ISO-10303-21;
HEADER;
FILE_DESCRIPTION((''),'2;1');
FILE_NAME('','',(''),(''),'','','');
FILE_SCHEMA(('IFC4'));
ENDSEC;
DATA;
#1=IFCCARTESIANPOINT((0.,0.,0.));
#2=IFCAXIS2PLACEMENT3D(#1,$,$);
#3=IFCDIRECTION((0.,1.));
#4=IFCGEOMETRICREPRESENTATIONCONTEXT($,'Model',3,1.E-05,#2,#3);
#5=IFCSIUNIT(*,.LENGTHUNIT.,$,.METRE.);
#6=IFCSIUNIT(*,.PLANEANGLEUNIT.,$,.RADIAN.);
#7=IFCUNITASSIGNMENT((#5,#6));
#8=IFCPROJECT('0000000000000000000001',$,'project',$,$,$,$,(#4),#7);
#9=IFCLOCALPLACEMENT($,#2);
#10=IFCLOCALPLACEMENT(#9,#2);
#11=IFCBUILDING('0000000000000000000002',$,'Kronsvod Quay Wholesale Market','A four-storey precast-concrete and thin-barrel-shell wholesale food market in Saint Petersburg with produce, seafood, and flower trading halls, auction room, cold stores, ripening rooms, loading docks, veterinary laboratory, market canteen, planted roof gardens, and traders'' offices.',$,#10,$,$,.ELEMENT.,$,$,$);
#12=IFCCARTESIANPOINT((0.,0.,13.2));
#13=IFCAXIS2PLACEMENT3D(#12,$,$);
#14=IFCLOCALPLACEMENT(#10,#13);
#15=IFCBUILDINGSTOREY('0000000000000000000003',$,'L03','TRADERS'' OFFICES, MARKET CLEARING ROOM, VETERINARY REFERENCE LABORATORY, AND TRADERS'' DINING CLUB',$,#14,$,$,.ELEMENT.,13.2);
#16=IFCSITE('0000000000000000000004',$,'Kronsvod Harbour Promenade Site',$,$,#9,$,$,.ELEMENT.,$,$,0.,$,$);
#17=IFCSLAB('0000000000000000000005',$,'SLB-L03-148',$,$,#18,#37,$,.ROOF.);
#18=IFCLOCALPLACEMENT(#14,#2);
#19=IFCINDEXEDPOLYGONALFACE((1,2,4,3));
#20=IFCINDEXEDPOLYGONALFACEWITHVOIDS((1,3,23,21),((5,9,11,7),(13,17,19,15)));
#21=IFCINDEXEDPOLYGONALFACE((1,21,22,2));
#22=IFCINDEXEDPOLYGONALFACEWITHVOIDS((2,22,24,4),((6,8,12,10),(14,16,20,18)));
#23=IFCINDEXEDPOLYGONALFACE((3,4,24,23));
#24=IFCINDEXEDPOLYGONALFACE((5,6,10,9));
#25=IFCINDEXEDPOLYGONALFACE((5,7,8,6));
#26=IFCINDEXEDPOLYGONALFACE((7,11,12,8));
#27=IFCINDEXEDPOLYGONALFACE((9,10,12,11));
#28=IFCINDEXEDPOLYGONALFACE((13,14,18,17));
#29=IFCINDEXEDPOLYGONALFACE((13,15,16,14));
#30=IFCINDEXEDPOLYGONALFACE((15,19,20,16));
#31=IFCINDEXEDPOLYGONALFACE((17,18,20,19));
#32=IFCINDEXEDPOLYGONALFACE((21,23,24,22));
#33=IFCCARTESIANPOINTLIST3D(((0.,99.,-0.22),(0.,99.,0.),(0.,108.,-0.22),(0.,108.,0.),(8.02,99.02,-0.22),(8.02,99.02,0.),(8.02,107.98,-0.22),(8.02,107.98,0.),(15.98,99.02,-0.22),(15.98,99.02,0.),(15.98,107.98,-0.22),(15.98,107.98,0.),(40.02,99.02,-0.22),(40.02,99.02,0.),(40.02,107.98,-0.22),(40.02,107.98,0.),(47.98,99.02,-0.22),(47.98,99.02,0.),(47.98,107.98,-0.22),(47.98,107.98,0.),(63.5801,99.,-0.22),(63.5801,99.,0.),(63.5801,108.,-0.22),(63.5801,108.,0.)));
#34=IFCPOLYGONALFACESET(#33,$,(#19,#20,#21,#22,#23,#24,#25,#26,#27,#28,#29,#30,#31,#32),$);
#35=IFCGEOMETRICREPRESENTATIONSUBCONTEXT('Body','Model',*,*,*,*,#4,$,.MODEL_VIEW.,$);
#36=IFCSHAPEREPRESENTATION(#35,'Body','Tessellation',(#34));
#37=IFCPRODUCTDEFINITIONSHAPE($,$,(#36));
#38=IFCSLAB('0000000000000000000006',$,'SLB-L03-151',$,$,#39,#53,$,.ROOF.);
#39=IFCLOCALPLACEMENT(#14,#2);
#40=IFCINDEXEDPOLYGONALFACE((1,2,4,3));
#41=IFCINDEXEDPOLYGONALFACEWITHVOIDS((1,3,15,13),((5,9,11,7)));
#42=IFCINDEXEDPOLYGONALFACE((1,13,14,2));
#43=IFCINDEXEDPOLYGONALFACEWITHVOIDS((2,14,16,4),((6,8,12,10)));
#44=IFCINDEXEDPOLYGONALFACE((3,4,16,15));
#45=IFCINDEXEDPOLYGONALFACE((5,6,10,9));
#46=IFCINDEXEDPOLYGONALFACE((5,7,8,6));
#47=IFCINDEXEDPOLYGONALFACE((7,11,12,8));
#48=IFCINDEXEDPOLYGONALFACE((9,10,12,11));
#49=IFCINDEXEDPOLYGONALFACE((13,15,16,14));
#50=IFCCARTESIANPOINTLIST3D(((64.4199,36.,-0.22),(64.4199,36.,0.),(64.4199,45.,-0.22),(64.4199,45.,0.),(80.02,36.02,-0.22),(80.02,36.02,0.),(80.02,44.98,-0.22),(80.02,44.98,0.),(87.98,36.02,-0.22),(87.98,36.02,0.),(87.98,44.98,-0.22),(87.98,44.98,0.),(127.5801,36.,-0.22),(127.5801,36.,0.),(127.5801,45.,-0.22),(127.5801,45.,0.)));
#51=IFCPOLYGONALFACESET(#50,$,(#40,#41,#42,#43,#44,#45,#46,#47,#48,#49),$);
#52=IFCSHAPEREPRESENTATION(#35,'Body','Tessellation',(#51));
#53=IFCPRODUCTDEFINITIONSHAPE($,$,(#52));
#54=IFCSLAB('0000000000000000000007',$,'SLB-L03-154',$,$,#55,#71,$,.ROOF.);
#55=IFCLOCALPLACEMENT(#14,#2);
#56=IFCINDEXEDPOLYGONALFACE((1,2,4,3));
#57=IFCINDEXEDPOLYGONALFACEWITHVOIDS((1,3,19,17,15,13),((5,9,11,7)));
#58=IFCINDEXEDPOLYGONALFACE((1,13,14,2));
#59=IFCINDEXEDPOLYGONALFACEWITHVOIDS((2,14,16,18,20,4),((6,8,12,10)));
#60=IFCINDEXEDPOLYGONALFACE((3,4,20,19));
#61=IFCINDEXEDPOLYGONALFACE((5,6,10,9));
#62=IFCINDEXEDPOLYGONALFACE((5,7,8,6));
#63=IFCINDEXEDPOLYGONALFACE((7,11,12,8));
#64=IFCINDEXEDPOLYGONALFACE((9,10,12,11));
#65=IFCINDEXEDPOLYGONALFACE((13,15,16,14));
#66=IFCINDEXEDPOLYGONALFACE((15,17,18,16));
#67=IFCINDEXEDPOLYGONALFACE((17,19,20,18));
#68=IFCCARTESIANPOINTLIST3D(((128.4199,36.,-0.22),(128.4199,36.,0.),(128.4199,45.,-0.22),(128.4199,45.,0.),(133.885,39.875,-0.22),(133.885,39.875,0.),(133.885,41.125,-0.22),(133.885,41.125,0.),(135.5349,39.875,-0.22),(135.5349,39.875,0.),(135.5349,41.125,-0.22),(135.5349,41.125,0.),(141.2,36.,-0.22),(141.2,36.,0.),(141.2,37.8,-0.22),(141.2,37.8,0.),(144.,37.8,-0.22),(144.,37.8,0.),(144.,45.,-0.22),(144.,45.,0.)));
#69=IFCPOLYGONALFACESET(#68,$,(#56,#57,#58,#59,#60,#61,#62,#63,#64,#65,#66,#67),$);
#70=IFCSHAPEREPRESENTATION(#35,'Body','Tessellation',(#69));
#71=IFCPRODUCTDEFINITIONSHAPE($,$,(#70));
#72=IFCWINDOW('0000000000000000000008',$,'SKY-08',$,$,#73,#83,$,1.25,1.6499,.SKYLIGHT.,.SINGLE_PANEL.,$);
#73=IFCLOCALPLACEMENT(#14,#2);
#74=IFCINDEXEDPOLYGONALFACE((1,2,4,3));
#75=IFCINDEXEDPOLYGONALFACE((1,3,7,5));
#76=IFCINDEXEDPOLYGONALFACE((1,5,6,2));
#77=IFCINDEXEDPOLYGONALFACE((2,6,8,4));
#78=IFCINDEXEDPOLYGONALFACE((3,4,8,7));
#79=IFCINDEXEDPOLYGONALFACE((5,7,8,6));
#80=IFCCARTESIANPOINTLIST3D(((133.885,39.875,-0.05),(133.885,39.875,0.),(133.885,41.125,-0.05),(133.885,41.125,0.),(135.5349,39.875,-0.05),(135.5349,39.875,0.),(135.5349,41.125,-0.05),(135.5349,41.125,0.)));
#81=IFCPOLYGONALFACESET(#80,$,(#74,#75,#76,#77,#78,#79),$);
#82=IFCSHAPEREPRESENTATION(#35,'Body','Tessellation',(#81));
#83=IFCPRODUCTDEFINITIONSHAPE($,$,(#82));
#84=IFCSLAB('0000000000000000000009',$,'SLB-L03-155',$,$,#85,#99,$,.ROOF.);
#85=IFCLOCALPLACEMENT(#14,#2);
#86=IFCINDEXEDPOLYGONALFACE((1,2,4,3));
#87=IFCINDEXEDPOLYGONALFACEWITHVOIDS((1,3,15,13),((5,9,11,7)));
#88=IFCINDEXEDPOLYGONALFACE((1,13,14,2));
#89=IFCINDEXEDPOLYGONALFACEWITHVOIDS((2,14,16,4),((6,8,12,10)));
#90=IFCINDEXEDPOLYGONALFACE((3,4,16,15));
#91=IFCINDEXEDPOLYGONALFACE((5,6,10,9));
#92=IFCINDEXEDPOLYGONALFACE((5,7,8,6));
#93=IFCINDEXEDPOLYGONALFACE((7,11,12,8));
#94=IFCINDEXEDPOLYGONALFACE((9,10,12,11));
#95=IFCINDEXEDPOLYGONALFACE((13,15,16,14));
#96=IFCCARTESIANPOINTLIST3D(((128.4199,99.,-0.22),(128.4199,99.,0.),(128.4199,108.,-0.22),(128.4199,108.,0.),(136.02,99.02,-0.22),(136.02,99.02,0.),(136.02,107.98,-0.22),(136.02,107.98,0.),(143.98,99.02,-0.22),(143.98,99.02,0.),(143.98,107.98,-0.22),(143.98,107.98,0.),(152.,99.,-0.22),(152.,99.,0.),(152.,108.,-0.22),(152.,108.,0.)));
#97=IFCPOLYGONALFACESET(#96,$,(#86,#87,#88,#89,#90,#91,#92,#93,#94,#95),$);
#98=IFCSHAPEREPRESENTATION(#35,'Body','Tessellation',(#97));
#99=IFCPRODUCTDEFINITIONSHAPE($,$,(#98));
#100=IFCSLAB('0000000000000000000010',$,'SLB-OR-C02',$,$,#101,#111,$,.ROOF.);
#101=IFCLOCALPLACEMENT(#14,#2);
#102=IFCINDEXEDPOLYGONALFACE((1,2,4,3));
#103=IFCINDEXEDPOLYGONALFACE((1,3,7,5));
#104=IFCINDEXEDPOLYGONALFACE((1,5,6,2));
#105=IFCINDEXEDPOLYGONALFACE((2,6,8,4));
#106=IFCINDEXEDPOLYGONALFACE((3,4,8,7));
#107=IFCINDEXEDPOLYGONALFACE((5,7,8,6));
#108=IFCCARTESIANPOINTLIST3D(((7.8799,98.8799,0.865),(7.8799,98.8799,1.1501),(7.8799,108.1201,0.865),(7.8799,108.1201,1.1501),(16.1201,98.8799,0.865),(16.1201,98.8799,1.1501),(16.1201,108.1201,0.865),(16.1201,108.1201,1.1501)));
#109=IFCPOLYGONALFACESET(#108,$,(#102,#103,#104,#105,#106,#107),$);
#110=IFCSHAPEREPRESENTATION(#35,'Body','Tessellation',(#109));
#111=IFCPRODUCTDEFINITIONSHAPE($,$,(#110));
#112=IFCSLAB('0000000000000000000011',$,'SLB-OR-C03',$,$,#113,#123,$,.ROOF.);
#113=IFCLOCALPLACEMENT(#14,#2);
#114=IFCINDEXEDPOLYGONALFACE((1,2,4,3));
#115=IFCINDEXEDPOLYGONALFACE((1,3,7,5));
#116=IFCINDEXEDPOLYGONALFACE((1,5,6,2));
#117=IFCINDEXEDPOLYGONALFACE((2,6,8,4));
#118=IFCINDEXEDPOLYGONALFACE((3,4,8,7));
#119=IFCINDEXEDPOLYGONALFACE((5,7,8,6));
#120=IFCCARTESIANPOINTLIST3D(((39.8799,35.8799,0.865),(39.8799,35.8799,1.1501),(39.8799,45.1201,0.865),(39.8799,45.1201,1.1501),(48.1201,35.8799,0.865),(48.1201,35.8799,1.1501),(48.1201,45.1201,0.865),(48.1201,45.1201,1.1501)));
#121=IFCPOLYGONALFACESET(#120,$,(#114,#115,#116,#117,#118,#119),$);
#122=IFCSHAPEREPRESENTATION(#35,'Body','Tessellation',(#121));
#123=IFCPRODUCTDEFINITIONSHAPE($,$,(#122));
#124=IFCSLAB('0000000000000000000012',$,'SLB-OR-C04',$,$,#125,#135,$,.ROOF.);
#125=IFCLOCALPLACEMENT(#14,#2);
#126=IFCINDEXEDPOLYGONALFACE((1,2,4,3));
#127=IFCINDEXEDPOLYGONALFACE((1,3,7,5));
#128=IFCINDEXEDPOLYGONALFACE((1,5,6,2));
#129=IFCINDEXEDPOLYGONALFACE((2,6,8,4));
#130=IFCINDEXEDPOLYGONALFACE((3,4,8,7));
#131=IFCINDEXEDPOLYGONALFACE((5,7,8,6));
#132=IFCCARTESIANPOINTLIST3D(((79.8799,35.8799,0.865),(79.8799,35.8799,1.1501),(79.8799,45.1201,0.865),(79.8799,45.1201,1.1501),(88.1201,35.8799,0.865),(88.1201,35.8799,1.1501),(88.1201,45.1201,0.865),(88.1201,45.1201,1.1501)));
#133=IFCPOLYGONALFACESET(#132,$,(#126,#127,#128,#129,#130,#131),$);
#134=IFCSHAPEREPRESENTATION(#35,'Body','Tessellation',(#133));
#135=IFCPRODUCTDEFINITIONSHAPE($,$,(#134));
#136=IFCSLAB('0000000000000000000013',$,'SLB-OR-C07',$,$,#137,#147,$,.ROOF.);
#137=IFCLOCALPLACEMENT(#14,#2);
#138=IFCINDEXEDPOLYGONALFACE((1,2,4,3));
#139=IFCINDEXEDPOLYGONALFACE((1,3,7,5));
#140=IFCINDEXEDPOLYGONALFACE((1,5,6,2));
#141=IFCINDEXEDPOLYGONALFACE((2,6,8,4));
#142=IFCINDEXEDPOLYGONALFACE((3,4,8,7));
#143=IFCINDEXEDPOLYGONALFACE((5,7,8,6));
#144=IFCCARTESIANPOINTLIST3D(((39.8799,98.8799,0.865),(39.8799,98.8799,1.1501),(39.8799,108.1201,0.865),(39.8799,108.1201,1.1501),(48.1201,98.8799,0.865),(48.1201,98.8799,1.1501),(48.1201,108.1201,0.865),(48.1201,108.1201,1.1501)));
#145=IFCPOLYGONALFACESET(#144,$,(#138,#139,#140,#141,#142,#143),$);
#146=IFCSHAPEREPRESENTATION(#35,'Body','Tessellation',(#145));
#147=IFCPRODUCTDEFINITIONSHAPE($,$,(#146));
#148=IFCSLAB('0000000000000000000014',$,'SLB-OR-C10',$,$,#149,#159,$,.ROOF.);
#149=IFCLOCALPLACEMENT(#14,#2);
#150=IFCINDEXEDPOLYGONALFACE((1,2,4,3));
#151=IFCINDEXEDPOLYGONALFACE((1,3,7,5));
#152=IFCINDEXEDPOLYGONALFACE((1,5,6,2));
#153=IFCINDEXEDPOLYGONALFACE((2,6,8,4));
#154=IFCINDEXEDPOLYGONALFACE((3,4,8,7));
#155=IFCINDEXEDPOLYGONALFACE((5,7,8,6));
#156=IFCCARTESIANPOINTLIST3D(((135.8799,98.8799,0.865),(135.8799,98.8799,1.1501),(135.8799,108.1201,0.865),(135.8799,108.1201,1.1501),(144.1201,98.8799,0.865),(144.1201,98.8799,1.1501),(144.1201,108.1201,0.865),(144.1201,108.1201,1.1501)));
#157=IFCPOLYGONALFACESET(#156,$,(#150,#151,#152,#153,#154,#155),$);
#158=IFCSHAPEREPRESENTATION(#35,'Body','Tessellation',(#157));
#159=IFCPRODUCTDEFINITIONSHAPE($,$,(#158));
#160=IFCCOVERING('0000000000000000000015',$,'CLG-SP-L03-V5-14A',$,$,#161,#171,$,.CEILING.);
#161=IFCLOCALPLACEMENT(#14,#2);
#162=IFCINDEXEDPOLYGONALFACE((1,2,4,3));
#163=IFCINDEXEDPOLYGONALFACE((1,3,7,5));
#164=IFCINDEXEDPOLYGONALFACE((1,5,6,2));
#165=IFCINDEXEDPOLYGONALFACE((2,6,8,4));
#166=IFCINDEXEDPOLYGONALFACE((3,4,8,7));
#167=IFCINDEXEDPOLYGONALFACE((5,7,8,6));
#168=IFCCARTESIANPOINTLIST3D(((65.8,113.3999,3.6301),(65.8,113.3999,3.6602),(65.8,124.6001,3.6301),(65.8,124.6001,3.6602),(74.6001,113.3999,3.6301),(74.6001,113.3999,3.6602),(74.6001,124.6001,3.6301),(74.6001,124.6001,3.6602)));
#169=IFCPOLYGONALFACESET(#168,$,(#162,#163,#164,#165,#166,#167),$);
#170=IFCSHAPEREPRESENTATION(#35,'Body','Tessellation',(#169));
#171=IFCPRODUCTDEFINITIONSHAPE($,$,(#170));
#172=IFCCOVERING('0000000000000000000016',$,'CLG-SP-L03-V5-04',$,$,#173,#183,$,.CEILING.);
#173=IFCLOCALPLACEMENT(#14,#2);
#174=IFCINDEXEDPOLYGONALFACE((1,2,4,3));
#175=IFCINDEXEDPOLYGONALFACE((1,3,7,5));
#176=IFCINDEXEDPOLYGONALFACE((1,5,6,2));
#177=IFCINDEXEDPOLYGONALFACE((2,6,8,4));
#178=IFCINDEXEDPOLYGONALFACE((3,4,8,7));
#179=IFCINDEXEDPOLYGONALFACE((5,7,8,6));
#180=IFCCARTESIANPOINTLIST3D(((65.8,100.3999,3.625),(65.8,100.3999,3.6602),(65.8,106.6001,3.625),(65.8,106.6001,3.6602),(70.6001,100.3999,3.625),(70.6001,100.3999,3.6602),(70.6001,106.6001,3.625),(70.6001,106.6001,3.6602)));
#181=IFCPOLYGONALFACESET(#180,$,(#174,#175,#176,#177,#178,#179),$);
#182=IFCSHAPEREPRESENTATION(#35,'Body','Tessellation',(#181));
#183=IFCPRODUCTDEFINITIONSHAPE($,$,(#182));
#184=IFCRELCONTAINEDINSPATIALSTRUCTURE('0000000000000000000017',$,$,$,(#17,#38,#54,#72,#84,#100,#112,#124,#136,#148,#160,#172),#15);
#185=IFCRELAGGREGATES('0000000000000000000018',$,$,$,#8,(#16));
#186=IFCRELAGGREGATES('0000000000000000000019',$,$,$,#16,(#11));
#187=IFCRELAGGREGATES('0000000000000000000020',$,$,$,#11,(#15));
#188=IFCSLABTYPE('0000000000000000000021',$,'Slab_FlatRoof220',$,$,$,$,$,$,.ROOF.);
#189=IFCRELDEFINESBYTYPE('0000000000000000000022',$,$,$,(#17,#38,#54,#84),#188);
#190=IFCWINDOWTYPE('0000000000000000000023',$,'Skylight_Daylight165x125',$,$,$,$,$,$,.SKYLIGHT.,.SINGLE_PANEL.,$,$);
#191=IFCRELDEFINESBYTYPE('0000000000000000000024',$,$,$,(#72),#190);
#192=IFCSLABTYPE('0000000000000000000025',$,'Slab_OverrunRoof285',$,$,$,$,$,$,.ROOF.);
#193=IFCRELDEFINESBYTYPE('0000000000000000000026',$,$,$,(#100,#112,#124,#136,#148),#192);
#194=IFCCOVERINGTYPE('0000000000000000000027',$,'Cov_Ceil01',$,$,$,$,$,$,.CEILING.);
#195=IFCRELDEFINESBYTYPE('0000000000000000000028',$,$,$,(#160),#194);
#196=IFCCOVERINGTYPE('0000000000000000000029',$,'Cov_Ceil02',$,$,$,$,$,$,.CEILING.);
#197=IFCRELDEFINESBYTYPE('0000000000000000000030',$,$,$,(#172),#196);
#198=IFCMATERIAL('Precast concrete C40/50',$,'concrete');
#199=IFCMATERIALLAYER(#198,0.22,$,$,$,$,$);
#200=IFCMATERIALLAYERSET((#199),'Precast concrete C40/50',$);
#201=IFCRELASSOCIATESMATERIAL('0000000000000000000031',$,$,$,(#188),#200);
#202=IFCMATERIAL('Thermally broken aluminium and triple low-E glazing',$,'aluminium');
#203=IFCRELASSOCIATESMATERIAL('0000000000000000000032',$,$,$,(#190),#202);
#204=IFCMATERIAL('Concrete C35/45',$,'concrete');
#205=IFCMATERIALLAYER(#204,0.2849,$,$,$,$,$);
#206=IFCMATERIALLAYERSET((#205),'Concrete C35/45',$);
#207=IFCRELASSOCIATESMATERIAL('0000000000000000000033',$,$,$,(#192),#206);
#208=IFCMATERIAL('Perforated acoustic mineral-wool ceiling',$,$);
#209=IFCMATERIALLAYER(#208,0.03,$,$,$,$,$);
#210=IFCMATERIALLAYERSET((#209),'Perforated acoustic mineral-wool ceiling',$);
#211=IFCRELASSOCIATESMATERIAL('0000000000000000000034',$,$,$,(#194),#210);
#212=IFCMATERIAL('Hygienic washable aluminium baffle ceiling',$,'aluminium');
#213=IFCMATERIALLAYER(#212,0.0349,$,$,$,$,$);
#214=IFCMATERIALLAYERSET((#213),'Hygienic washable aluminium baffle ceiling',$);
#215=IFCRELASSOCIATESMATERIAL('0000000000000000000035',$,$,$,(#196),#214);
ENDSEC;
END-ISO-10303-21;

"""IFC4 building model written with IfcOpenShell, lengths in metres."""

from ifc_helpers import new_model, si_unit, direction, frame, origin, origin_2d, place, context, subcontext, project, spatial, polyline, rectangle, outline, extrude, material, layer, layer_set, type_object, element, fill, save


model = new_model("IFC4")

# Units and contexts
model_context = context("Model", 3, precision=1e-05, world=origin(), true_north=direction((0.0, 1.0)))
body_context = subcontext(model_context, "Body", "Model", "MODEL_VIEW")
ifc_project = project(units=[si_unit("LENGTHUNIT", "METRE"), si_unit("PLANEANGLEUNIT", "RADIAN")], contexts=[model_context])

# Site, building, storey
site_placement = place(None, origin())
site = spatial("IfcSite", under=ifc_project, at=site_placement, Name="Kronsvod Harbour Promenade Site", CompositionType="ELEMENT", RefElevation=0.0)
building_placement = place(site_placement, origin())
building = spatial("IfcBuilding", under=site, at=building_placement, Name="Kronsvod Quay Wholesale Market", Description="A four-storey precast-concrete and thin-barrel-shell wholesale food market in Saint Petersburg with produce, seafood, and flower trading halls, auction room, cold stores, ripening rooms, loading docks, veterinary laboratory, market canteen, planted roof gardens, and traders' offices.", CompositionType="ELEMENT")
storey_placement = place(building_placement, frame((0.0, 0.0, 13.2)))
storey = spatial("IfcBuildingStorey", under=building, at=storey_placement, Name="L03", Description="TRADERS' OFFICES, MARKET CLEARING ROOM, VETERINARY REFERENCE LABORATORY, AND TRADERS' DINING CLUB", CompositionType="ELEMENT", Elevation=13.2)

# Slabs
ifc_material_1 = material(Name="Precast concrete C40/50", Category="concrete")
ifc_layer_1 = layer(ifc_material_1, 0.22)
ifc_layer_set_1 = layer_set([ifc_layer_1], Name="Precast concrete C40/50")
slab_type_1 = type_object("IfcSlabType", Name="Slab_FlatRoof220", PredefinedType="ROOF", material=ifc_layer_set_1)
slab_1_placement = place(storey_placement, frame((0.0, 0.0, -0.22)))
element("IfcSlab", 1, at=slab_1_placement, inside=storey, type_object=slab_type_1, Name="SLB-L03-148", PredefinedType="ROOF", context=body_context, shape_type="SweptSolid", body=[
    extrude(outline(polyline([(0.0, 99.0), (63.5801, 99.0), (63.5801, 108.0), (0.0, 108.0), (0.0, 99.0)]), holes=[polyline([(8.02, 99.02), (15.98, 99.02), (15.98, 107.98), (8.02, 107.98), (8.02, 99.02)]), polyline([(40.02, 99.02), (47.98, 99.02), (47.98, 107.98), (40.02, 107.98), (40.02, 99.02)])]), origin(), (0.0, 0.0, 1.0), 0.22),
])
slab_2_placement = place(storey_placement, frame((0.0, 0.0, -0.22)))
element("IfcSlab", 2, at=slab_2_placement, inside=storey, type_object=slab_type_1, Name="SLB-L03-151", PredefinedType="ROOF", context=body_context, shape_type="SweptSolid", body=[
    extrude(outline(polyline([(64.4199, 36.0), (127.5801, 36.0), (127.5801, 45.0), (64.4199, 45.0), (64.4199, 36.0)]), holes=[polyline([(80.02, 36.02), (87.98, 36.02), (87.98, 44.98), (80.02, 44.98), (80.02, 36.02)])]), origin(), (0.0, 0.0, 1.0), 0.22),
])

# Slab, opening, window
slab_3_placement = place(storey_placement, frame((0.0, 0.0, -0.22)))
slab_3 = element("IfcSlab", 3, at=slab_3_placement, inside=storey, type_object=slab_type_1, Name="SLB-L03-154", PredefinedType="ROOF", context=body_context, shape_type="SweptSolid", body=[
    extrude(outline(polyline([(128.4199, 36.0), (141.2, 36.0), (141.2, 37.8), (144.0, 37.8), (144.0, 45.0), (128.4199, 45.0), (128.4199, 36.0)])), origin(), (0.0, 0.0, 1.0), 0.22),
])
opening_placement = place(slab_3_placement, frame((134.71, 40.5, 0.0)))
opening = element("IfcOpeningElement", 4, at=opening_placement, cuts=slab_3, PredefinedType="OPENING", context=body_context, shape_type="SweptSolid", body=[
    extrude(rectangle(XDim=1.6499, YDim=1.25, at=origin_2d()), frame((0.0, 0.0, -0.01)), (0.0, 0.0, 1.0), 0.24),
])
ifc_material_2 = material(Name="Thermally broken aluminium and triple low-E glazing", Category="aluminium")
window_type = type_object("IfcWindowType", Name="Skylight_Daylight165x125", PartitioningType="SINGLE_PANEL", PredefinedType="SKYLIGHT", material=ifc_material_2)
window_placement = place(opening_placement, frame((0.0, 0.0, 0.1699)))
window = element("IfcWindow", 5, at=window_placement, inside=storey, type_object=window_type, Name="SKY-08", OverallHeight=1.25, OverallWidth=1.6499, PartitioningType="SINGLE_PANEL", PredefinedType="SKYLIGHT", context=body_context, shape_type="SweptSolid", body=[
    extrude(rectangle(XDim=1.6499, YDim=1.25, at=origin_2d()), origin(), (0.0, 0.0, 1.0), 0.05),
])
fill(opening, window)

# Slabs
slab_4_placement = place(storey_placement, frame((0.0, 0.0, -0.22)))
element("IfcSlab", 6, at=slab_4_placement, inside=storey, type_object=slab_type_1, Name="SLB-L03-155", PredefinedType="ROOF", context=body_context, shape_type="SweptSolid", body=[
    extrude(outline(polyline([(128.4199, 99.0), (152.0, 99.0), (152.0, 108.0), (128.4199, 108.0), (128.4199, 99.0)]), holes=[polyline([(136.02, 99.02), (143.98, 99.02), (143.98, 107.98), (136.02, 107.98), (136.02, 99.02)])]), origin(), (0.0, 0.0, 1.0), 0.22),
])
ifc_material_3 = material(Name="Concrete C35/45", Category="concrete")
ifc_layer_2 = layer(ifc_material_3, 0.2849)
ifc_layer_set_2 = layer_set([ifc_layer_2], Name="Concrete C35/45")
slab_type_2 = type_object("IfcSlabType", Name="Slab_OverrunRoof285", PredefinedType="ROOF", material=ifc_layer_set_2)
slab_5_placement = place(storey_placement, frame((0.0, 0.0, 0.865)))
element("IfcSlab", 7, at=slab_5_placement, inside=storey, type_object=slab_type_2, Name="SLB-OR-C02", PredefinedType="ROOF", context=body_context, shape_type="SweptSolid", body=[
    extrude(outline(polyline([(7.8799, 98.8799), (16.1201, 98.8799), (16.1201, 108.1201), (7.8799, 108.1201), (7.8799, 98.8799)])), origin(), (0.0, 0.0, 1.0), 0.2852),
])
slab_6_placement = place(storey_placement, frame((0.0, 0.0, 0.865)))
element("IfcSlab", 8, at=slab_6_placement, inside=storey, type_object=slab_type_2, Name="SLB-OR-C03", PredefinedType="ROOF", context=body_context, shape_type="SweptSolid", body=[
    extrude(outline(polyline([(39.8799, 35.8799), (48.1201, 35.8799), (48.1201, 45.1201), (39.8799, 45.1201), (39.8799, 35.8799)])), origin(), (0.0, 0.0, 1.0), 0.2852),
])
slab_7_placement = place(storey_placement, frame((0.0, 0.0, 0.865)))
element("IfcSlab", 9, at=slab_7_placement, inside=storey, type_object=slab_type_2, Name="SLB-OR-C04", PredefinedType="ROOF", context=body_context, shape_type="SweptSolid", body=[
    extrude(outline(polyline([(79.8799, 35.8799), (88.1201, 35.8799), (88.1201, 45.1201), (79.8799, 45.1201), (79.8799, 35.8799)])), origin(), (0.0, 0.0, 1.0), 0.2852),
])
slab_8_placement = place(storey_placement, frame((0.0, 0.0, 0.865)))
element("IfcSlab", 10, at=slab_8_placement, inside=storey, type_object=slab_type_2, Name="SLB-OR-C07", PredefinedType="ROOF", context=body_context, shape_type="SweptSolid", body=[
    extrude(outline(polyline([(39.8799, 98.8799), (48.1201, 98.8799), (48.1201, 108.1201), (39.8799, 108.1201), (39.8799, 98.8799)])), origin(), (0.0, 0.0, 1.0), 0.2852),
])
slab_9_placement = place(storey_placement, frame((0.0, 0.0, 0.865)))
element("IfcSlab", 11, at=slab_9_placement, inside=storey, type_object=slab_type_2, Name="SLB-OR-C10", PredefinedType="ROOF", context=body_context, shape_type="SweptSolid", body=[
    extrude(outline(polyline([(135.8799, 98.8799), (144.1201, 98.8799), (144.1201, 108.1201), (135.8799, 108.1201), (135.8799, 98.8799)])), origin(), (0.0, 0.0, 1.0), 0.2852),
])

# Coverings
ifc_material_4 = material(Name="Perforated acoustic mineral-wool ceiling")
ifc_layer_3 = layer(ifc_material_4, 0.03)
ifc_layer_set_3 = layer_set([ifc_layer_3], Name="Perforated acoustic mineral-wool ceiling")
covering_type_1 = type_object("IfcCoveringType", Name="Cov_Ceil01", PredefinedType="CEILING", material=ifc_layer_set_3)
covering_1_placement = place(storey_placement, frame((0.0, 0.0, 3.6301)))
element("IfcCovering", 12, at=covering_1_placement, inside=storey, type_object=covering_type_1, Name="CLG-SP-L03-V5-14A", PredefinedType="CEILING", context=body_context, shape_type="SweptSolid", body=[
    extrude(outline(polyline([(65.8, 113.3999), (74.6001, 113.3999), (74.6001, 124.6001), (65.8, 124.6001), (65.8, 113.3999)])), origin(), (0.0, 0.0, 1.0), 0.03),
])
ifc_material_5 = material(Name="Hygienic washable aluminium baffle ceiling", Category="aluminium")
ifc_layer_4 = layer(ifc_material_5, 0.0349)
ifc_layer_set_4 = layer_set([ifc_layer_4], Name="Hygienic washable aluminium baffle ceiling")
covering_type_2 = type_object("IfcCoveringType", Name="Cov_Ceil02", PredefinedType="CEILING", material=ifc_layer_set_4)
covering_2_placement = place(storey_placement, frame((0.0, 0.0, 3.625)))
element("IfcCovering", 13, at=covering_2_placement, inside=storey, type_object=covering_type_2, Name="CLG-SP-L03-V5-04", PredefinedType="CEILING", context=body_context, shape_type="SweptSolid", body=[
    extrude(outline(polyline([(65.8, 100.3999), (70.6001, 100.3999), (70.6001, 106.6001), (65.8, 106.6001), (65.8, 100.3999)])), origin(), (0.0, 0.0, 1.0), 0.0352),
])

save(model, "model.ifc")
